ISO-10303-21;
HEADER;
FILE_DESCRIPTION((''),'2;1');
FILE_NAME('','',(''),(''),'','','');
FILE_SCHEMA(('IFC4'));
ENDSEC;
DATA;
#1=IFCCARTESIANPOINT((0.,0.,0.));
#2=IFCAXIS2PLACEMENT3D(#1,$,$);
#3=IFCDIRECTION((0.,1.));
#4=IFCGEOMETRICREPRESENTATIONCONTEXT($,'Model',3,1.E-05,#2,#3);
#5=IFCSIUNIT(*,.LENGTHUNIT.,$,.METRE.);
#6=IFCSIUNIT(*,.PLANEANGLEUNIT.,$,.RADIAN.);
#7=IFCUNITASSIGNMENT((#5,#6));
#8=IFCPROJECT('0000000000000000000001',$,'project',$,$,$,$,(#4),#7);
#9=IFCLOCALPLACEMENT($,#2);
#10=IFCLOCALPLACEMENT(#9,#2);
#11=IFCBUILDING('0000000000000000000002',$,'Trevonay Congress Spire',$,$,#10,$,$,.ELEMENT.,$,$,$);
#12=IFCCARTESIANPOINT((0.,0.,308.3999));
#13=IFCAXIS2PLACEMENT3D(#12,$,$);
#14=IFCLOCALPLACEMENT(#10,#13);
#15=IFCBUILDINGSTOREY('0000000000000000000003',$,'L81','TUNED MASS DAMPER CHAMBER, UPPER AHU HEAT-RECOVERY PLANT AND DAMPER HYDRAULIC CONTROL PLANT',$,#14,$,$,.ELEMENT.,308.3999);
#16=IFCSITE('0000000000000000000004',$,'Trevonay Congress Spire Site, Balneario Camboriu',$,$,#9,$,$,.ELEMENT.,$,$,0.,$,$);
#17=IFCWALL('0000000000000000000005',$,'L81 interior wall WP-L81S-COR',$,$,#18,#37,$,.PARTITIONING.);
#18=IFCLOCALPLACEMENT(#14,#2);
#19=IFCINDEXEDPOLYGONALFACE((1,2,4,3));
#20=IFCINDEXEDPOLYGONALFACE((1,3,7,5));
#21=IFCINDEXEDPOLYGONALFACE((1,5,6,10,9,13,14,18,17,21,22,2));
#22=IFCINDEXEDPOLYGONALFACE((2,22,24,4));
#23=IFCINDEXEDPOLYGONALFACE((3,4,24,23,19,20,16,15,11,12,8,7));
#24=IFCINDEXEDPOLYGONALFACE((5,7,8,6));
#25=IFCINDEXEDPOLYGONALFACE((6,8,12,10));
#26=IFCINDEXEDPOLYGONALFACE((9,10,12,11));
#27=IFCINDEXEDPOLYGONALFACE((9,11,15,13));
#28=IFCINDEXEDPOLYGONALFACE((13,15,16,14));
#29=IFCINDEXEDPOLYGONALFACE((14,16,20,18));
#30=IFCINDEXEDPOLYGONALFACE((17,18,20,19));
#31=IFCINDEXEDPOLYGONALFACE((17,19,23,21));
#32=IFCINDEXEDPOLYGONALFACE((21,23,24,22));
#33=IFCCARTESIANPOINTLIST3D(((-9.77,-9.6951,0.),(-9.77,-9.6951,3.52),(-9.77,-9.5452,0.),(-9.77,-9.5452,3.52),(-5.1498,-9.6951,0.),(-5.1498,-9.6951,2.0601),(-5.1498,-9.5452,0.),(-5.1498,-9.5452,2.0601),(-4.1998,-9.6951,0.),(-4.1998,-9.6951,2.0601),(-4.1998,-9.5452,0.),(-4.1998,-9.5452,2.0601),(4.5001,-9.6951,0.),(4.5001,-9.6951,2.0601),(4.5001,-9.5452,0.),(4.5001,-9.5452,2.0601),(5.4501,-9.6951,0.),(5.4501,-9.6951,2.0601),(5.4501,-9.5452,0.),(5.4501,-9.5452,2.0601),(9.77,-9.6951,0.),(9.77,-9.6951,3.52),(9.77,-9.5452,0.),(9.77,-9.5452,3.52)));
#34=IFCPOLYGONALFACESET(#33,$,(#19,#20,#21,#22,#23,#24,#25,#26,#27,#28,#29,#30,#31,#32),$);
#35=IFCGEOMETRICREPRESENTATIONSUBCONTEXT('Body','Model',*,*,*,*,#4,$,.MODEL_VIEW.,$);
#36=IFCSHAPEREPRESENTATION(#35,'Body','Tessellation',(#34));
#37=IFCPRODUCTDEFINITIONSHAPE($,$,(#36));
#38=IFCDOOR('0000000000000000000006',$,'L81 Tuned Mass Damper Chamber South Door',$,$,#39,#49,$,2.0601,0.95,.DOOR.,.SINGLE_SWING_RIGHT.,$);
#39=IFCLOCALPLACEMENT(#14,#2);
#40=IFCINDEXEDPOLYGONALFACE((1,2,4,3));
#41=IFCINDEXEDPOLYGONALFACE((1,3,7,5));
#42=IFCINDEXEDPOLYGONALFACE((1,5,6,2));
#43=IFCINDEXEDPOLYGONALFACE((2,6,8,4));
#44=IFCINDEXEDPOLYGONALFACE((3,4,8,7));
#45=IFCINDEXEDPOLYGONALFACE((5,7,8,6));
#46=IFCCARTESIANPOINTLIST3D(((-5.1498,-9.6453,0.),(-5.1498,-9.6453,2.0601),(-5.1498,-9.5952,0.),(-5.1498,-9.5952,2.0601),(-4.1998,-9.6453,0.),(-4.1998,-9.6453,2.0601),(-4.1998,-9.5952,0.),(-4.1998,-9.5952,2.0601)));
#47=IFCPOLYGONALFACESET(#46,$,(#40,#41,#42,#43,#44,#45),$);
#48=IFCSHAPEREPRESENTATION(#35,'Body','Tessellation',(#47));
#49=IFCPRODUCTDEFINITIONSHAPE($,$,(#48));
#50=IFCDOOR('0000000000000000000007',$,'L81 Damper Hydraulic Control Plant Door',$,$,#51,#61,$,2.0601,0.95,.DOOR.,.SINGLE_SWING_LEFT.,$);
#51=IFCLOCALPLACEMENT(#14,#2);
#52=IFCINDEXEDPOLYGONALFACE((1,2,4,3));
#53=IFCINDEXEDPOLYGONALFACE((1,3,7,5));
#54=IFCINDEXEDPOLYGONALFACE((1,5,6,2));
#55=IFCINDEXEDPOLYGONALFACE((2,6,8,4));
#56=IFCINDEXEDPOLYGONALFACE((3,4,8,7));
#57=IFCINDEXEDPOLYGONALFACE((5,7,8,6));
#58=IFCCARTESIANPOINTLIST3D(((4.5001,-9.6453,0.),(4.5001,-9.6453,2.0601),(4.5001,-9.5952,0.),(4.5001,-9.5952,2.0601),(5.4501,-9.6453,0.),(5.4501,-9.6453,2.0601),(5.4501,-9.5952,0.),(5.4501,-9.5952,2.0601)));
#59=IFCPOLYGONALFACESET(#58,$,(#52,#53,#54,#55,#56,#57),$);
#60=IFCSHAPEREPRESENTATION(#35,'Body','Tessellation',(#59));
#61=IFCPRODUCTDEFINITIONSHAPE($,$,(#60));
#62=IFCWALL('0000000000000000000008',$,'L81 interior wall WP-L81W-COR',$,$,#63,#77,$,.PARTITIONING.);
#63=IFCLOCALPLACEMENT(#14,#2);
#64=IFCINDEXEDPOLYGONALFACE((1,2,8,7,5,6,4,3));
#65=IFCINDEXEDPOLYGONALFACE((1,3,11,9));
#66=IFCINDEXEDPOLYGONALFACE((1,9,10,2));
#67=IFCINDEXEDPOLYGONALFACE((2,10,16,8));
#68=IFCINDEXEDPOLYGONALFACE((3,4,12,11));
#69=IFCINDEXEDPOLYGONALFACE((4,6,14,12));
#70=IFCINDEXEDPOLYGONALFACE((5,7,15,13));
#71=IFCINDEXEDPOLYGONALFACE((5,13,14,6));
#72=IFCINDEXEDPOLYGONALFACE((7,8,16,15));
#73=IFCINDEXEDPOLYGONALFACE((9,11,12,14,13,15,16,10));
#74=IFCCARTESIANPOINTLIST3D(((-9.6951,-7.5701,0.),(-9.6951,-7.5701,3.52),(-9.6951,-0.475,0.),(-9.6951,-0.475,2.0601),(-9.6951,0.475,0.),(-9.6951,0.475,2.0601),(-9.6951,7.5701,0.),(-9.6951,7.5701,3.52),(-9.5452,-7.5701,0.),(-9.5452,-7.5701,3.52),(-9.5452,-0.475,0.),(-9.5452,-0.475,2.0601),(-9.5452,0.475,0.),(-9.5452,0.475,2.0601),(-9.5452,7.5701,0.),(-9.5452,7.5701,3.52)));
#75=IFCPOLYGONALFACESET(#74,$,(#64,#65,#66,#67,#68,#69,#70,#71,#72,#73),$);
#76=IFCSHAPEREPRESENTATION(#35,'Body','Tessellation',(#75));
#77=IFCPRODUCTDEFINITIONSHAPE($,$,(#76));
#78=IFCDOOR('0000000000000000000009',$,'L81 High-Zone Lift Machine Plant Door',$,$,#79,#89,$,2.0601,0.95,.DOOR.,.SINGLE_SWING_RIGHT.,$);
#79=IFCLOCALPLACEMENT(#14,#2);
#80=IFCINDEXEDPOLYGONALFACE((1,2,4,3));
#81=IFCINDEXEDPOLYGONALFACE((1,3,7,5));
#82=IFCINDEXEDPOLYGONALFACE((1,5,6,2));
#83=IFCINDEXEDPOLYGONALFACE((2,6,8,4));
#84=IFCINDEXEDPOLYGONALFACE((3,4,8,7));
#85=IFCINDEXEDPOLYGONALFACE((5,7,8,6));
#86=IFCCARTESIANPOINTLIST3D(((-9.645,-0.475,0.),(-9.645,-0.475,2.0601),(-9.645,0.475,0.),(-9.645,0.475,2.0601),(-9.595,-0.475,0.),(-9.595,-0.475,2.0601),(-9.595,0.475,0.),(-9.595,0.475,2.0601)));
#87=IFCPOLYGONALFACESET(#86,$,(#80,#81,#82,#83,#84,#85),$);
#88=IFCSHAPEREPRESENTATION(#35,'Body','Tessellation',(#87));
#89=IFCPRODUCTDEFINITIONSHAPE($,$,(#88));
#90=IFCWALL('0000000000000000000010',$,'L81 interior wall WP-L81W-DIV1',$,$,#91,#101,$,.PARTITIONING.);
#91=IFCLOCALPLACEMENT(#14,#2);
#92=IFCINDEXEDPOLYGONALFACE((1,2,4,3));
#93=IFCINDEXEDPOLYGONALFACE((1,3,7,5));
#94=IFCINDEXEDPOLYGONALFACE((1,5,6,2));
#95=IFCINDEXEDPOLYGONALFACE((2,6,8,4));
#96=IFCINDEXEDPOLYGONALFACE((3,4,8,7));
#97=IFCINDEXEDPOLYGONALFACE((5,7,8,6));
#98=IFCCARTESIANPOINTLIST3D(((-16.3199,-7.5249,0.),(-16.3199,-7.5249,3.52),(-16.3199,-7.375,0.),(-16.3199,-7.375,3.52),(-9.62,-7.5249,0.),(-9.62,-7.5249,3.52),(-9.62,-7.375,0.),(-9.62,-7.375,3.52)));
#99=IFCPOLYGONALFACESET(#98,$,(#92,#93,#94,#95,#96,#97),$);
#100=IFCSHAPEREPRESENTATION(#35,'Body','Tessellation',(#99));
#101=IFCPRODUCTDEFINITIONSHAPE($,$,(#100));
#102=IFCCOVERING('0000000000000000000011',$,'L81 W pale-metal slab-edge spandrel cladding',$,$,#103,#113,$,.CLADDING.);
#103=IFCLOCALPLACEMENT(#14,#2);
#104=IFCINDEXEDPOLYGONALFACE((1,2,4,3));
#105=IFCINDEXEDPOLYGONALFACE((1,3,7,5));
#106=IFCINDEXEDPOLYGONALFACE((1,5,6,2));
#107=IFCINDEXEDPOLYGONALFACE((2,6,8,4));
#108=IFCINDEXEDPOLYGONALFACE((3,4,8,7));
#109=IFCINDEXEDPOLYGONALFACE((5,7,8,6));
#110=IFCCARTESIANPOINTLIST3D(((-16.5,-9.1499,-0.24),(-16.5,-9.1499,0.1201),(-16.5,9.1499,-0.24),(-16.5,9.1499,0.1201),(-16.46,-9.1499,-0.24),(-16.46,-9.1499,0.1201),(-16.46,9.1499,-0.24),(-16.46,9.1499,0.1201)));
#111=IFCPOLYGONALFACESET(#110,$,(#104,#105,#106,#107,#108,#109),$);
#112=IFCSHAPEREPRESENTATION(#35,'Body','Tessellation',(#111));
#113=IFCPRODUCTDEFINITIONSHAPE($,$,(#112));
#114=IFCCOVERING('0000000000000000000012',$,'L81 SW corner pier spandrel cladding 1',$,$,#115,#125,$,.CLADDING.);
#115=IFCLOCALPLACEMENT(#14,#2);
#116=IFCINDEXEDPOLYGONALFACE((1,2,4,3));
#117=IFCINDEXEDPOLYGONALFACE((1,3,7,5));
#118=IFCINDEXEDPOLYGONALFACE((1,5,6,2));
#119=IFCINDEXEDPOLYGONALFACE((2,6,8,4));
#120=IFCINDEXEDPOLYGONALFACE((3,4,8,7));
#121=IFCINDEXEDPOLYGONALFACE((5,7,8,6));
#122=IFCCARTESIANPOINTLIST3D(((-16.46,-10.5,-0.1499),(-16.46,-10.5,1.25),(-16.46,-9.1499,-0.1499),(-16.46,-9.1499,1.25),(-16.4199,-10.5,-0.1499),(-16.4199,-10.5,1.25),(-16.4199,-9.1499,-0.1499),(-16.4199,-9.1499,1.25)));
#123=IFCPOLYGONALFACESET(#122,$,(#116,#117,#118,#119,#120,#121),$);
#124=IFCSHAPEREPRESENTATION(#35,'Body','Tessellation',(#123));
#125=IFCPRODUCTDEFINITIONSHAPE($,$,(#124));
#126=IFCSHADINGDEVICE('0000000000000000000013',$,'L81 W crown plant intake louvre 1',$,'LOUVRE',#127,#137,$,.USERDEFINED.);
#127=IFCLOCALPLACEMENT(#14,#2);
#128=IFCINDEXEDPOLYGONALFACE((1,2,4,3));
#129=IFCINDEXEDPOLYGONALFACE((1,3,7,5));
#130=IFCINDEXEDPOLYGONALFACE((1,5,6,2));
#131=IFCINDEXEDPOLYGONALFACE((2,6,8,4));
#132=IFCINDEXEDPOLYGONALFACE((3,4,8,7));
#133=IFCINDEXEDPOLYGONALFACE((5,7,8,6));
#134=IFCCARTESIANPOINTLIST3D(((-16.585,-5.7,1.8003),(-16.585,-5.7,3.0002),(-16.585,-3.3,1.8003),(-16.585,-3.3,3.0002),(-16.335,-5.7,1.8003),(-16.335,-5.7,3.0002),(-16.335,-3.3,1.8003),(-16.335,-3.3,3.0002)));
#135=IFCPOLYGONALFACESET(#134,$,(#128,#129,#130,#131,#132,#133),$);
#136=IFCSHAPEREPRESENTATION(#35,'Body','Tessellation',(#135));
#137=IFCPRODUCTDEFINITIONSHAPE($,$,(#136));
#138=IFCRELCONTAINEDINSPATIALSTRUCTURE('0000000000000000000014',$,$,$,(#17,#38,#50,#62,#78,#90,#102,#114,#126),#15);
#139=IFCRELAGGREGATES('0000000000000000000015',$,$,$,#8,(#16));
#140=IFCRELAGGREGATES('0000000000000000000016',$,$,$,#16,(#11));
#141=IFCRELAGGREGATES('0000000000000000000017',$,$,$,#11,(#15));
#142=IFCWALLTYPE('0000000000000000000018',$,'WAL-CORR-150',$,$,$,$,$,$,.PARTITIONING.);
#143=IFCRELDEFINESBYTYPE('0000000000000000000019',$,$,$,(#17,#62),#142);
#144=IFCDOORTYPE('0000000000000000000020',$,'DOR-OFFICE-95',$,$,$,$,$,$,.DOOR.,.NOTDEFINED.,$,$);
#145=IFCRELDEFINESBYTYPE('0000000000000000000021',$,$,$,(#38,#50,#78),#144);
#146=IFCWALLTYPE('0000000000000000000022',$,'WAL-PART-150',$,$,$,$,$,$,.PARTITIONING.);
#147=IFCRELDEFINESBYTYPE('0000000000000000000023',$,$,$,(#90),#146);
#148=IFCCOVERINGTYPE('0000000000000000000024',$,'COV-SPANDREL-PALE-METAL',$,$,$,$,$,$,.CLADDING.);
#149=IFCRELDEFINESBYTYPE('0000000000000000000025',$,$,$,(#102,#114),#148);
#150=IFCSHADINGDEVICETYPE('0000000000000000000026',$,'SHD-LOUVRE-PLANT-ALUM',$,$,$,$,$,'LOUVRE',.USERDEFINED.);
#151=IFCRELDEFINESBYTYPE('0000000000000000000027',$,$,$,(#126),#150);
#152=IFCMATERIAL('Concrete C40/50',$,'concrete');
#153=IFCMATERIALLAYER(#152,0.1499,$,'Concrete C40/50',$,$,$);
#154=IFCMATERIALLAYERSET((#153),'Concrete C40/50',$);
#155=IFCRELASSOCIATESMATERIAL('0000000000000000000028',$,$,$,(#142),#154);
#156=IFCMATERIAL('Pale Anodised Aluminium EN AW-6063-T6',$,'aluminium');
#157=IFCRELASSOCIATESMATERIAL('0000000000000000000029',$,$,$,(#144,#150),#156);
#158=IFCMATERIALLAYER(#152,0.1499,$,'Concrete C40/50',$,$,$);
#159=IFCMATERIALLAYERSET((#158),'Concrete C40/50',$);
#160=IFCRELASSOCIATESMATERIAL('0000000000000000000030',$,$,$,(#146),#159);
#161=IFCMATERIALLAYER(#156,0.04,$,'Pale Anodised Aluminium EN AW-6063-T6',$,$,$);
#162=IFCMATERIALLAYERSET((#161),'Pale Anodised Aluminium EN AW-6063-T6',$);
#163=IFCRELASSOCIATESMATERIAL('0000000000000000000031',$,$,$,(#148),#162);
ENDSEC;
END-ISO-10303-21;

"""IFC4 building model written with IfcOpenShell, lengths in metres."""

from ifc_helpers import new_model, si_unit, direction, frame, frame_2d, origin, origin_2d, place, context, subcontext, project, spatial, rectangle, extrude, material, layer, layer_set, type_object, element, fill, save


model = new_model("IFC4")

# Units and contexts
model_context = context("Model", 3, precision=1e-05, world=origin(), true_north=direction((0.0, 1.0)))
body_context = subcontext(model_context, "Body", "Model", "MODEL_VIEW")
ifc_project = project(units=[si_unit("LENGTHUNIT", "METRE"), si_unit("PLANEANGLEUNIT", "RADIAN")], contexts=[model_context])

# Site, building, storey
site_placement = place(None, origin())
site = spatial("IfcSite", under=ifc_project, at=site_placement, Name="Trevonay Congress Spire Site, Balneario Camboriu", CompositionType="ELEMENT", RefElevation=0.0)
building_placement = place(site_placement, origin())
building = spatial("IfcBuilding", under=site, at=building_placement, Name="Trevonay Congress Spire", CompositionType="ELEMENT")
storey_placement = place(building_placement, frame((0.0, 0.0, 308.3999)))
storey = spatial("IfcBuildingStorey", under=building, at=storey_placement, Name="L81", Description="TUNED MASS DAMPER CHAMBER, UPPER AHU HEAT-RECOVERY PLANT AND DAMPER HYDRAULIC CONTROL PLANT", CompositionType="ELEMENT", Elevation=308.3999)

# Shared definitions
ifc_material_1 = material(Name="Pale Anodised Aluminium EN AW-6063-T6", Category="aluminium")

# Wall, openings, doors
ifc_material_2 = material(Name="Concrete C40/50", Category="concrete")
ifc_layer_1 = layer(ifc_material_2, 0.1499, Name="Concrete C40/50")
ifc_layer_set_1 = layer_set([ifc_layer_1], Name="Concrete C40/50")
wall_type_1 = type_object("IfcWallType", Name="WAL-CORR-150", PredefinedType="PARTITIONING", material=ifc_layer_set_1)
wall_1_placement = place(storey_placement, frame((-9.77, -9.6201, 0.0), z_axis=(0.0, 0.0, 1.0), x_axis=(1.0, 0.0, 0.0)))
wall_1 = element("IfcWall", 1, at=wall_1_placement, inside=storey, type_object=wall_type_1, Name="L81 interior wall WP-L81S-COR", PredefinedType="PARTITIONING", context=body_context, shape_type="SweptSolid", body=[
    extrude(rectangle(XDim=19.54, YDim=0.1499, at=frame_2d((9.77, 0.0))), origin(), (0.0, 0.0, 1.0), 3.52),
])
opening_1_placement = place(wall_1_placement, frame((4.6201, 0.0, 0.0)))
opening_1 = element("IfcOpeningElement", 2, at=opening_1_placement, cuts=wall_1, PredefinedType="OPENING", context=body_context, shape_type="SweptSolid", body=[
    extrude(rectangle(XDim=0.95, YDim=2.0601, at=frame_2d((0.4751, 1.03))), frame((0.0, 0.085, 0.0), z_axis=(0.0, -1.0, 0.0), x_axis=(1.0, 0.0, 0.0)), (0.0, 0.0, 1.0), 0.1699),
])
opening_2_placement = place(wall_1_placement, frame((14.27, 0.0, 0.0)))
opening_2 = element("IfcOpeningElement", 3, at=opening_2_placement, cuts=wall_1, PredefinedType="OPENING", context=body_context, shape_type="SweptSolid", body=[
    extrude(rectangle(XDim=0.95, YDim=2.0601, at=frame_2d((0.4751, 1.03))), frame((0.0, 0.085, 0.0), z_axis=(0.0, -1.0, 0.0), x_axis=(1.0, 0.0, 0.0)), (0.0, 0.0, 1.0), 0.1699),
])
door_type = type_object("IfcDoorType", Name="DOR-OFFICE-95", OperationType="NOTDEFINED", PredefinedType="DOOR", material=ifc_material_1)
door_1_placement = place(opening_1_placement, origin())
door_1 = element("IfcDoor", 4, at=door_1_placement, inside=storey, type_object=door_type, Name="L81 Tuned Mass Damper Chamber South Door", OperationType="SINGLE_SWING_RIGHT", OverallHeight=2.0601, OverallWidth=0.95, PredefinedType="DOOR", context=body_context, shape_type="SweptSolid", body=[
    extrude(rectangle(XDim=0.95, YDim=2.0601, at=frame_2d((0.4751, 1.03))), frame((0.0, 0.0249, 0.0), z_axis=(0.0, -1.0, 0.0), x_axis=(1.0, 0.0, 0.0)), (0.0, 0.0, 1.0), 0.05),
])
fill(opening_1, door_1)
door_2_placement = place(opening_2_placement, origin())
door_2 = element("IfcDoor", 5, at=door_2_placement, inside=storey, type_object=door_type, Name="L81 Damper Hydraulic Control Plant Door", OperationType="SINGLE_SWING_LEFT", OverallHeight=2.0601, OverallWidth=0.95, PredefinedType="DOOR", context=body_context, shape_type="SweptSolid", body=[
    extrude(rectangle(XDim=0.95, YDim=2.0601, at=frame_2d((0.4751, 1.03))), frame((0.0, 0.0249, 0.0), z_axis=(0.0, -1.0, 0.0), x_axis=(1.0, 0.0, 0.0)), (0.0, 0.0, 1.0), 0.05),
])
fill(opening_2, door_2)

# Wall, opening, door
wall_2_placement = place(storey_placement, frame((-9.6201, -7.5701, 0.0), z_axis=(0.0, 0.0, 1.0), x_axis=(0.0, 1.0, 0.0)))
wall_2 = element("IfcWall", 6, at=wall_2_placement, inside=storey, type_object=wall_type_1, Name="L81 interior wall WP-L81W-COR", PredefinedType="PARTITIONING", context=body_context, shape_type="SweptSolid", body=[
    extrude(rectangle(XDim=15.1401, YDim=0.1499, at=frame_2d((7.5701, 0.0))), origin(), (0.0, 0.0, 1.0), 3.52),
])
opening_3_placement = place(wall_2_placement, frame((7.095, 0.0, 0.0)))
opening_3 = element("IfcOpeningElement", 7, at=opening_3_placement, cuts=wall_2, PredefinedType="OPENING", context=body_context, shape_type="SweptSolid", body=[
    extrude(rectangle(XDim=0.95, YDim=2.0601, at=frame_2d((0.4751, 1.03))), frame((0.0, 0.085, 0.0), z_axis=(0.0, -1.0, 0.0), x_axis=(1.0, 0.0, 0.0)), (0.0, 0.0, 1.0), 0.1699),
])
door_3_placement = place(opening_3_placement, origin())
door_3 = element("IfcDoor", 8, at=door_3_placement, inside=storey, type_object=door_type, Name="L81 High-Zone Lift Machine Plant Door", OperationType="SINGLE_SWING_RIGHT", OverallHeight=2.0601, OverallWidth=0.95, PredefinedType="DOOR", context=body_context, shape_type="SweptSolid", body=[
    extrude(rectangle(XDim=0.95, YDim=2.0601, at=frame_2d((0.4751, 1.03))), frame((0.0, 0.0249, 0.0), z_axis=(0.0, -1.0, 0.0), x_axis=(1.0, 0.0, 0.0)), (0.0, 0.0, 1.0), 0.05),
])
fill(opening_3, door_3)

# Wall
ifc_layer_2 = layer(ifc_material_2, 0.1499, Name="Concrete C40/50")
ifc_layer_set_2 = layer_set([ifc_layer_2], Name="Concrete C40/50")
wall_type_2 = type_object("IfcWallType", Name="WAL-PART-150", PredefinedType="PARTITIONING", material=ifc_layer_set_2)
wall_3_placement = place(storey_placement, frame((-16.3201, -7.45, 0.0), z_axis=(0.0, 0.0, 1.0), x_axis=(1.0, 0.0, 0.0)))
element("IfcWall", 9, at=wall_3_placement, inside=storey, type_object=wall_type_2, Name="L81 interior wall WP-L81W-DIV1", PredefinedType="PARTITIONING", context=body_context, shape_type="SweptSolid", body=[
    extrude(rectangle(XDim=6.7, YDim=0.1499, at=frame_2d((3.3501, 0.0))), origin(), (0.0, 0.0, 1.0), 3.52),
])

# Coverings
ifc_layer_3 = layer(ifc_material_1, 0.04, Name="Pale Anodised Aluminium EN AW-6063-T6")
ifc_layer_set_3 = layer_set([ifc_layer_3], Name="Pale Anodised Aluminium EN AW-6063-T6")
covering_type = type_object("IfcCoveringType", Name="COV-SPANDREL-PALE-METAL", PredefinedType="CLADDING", material=ifc_layer_set_3)
covering_1_placement = place(storey_placement, frame((-16.48, -9.1499, -0.24), z_axis=(0.0, 0.0, 1.0), x_axis=(0.0, 1.0, 0.0)))
element("IfcCovering", 10, at=covering_1_placement, inside=storey, type_object=covering_type, Name="L81 W pale-metal slab-edge spandrel cladding", PredefinedType="CLADDING", context=body_context, shape_type="SweptSolid", body=[
    extrude(rectangle(XDim=18.2998, YDim=0.04, at=frame_2d((9.1499, 0.0))), origin(), (0.0, 0.0, 1.0), 0.3601),
])
covering_2_placement = place(storey_placement, frame((-16.4399, -9.1499, -0.1499), z_axis=(0.0, 0.0, 1.0), x_axis=(0.0, -1.0, 0.0)))
element("IfcCovering", 11, at=covering_2_placement, inside=storey, type_object=covering_type, Name="L81 SW corner pier spandrel cladding 1", PredefinedType="CLADDING", context=body_context, shape_type="SweptSolid", body=[
    extrude(rectangle(XDim=1.3501, YDim=0.04, at=frame_2d((0.675, 0.0))), origin(), (0.0, 0.0, 1.0), 1.3999),
])

# Shading device
shading_device_type = type_object("IfcShadingDeviceType", Name="SHD-LOUVRE-PLANT-ALUM", ElementType="LOUVRE", PredefinedType="USERDEFINED", material=ifc_material_1)
shading_device_placement = place(storey_placement, frame((-16.46, -4.5, 1.8003), z_axis=(0.0, 0.0, 1.0), x_axis=(0.0, 1.0, 0.0)))
element("IfcShadingDevice", 12, at=shading_device_placement, inside=storey, type_object=shading_device_type, Name="L81 W crown plant intake louvre 1", ObjectType="LOUVRE", PredefinedType="USERDEFINED", context=body_context, shape_type="SweptSolid", body=[
    extrude(rectangle(XDim=2.3999, YDim=0.25, at=origin_2d()), origin(), (0.0, 0.0, 1.0), 1.2),
])

save(model, "model.ifc")
